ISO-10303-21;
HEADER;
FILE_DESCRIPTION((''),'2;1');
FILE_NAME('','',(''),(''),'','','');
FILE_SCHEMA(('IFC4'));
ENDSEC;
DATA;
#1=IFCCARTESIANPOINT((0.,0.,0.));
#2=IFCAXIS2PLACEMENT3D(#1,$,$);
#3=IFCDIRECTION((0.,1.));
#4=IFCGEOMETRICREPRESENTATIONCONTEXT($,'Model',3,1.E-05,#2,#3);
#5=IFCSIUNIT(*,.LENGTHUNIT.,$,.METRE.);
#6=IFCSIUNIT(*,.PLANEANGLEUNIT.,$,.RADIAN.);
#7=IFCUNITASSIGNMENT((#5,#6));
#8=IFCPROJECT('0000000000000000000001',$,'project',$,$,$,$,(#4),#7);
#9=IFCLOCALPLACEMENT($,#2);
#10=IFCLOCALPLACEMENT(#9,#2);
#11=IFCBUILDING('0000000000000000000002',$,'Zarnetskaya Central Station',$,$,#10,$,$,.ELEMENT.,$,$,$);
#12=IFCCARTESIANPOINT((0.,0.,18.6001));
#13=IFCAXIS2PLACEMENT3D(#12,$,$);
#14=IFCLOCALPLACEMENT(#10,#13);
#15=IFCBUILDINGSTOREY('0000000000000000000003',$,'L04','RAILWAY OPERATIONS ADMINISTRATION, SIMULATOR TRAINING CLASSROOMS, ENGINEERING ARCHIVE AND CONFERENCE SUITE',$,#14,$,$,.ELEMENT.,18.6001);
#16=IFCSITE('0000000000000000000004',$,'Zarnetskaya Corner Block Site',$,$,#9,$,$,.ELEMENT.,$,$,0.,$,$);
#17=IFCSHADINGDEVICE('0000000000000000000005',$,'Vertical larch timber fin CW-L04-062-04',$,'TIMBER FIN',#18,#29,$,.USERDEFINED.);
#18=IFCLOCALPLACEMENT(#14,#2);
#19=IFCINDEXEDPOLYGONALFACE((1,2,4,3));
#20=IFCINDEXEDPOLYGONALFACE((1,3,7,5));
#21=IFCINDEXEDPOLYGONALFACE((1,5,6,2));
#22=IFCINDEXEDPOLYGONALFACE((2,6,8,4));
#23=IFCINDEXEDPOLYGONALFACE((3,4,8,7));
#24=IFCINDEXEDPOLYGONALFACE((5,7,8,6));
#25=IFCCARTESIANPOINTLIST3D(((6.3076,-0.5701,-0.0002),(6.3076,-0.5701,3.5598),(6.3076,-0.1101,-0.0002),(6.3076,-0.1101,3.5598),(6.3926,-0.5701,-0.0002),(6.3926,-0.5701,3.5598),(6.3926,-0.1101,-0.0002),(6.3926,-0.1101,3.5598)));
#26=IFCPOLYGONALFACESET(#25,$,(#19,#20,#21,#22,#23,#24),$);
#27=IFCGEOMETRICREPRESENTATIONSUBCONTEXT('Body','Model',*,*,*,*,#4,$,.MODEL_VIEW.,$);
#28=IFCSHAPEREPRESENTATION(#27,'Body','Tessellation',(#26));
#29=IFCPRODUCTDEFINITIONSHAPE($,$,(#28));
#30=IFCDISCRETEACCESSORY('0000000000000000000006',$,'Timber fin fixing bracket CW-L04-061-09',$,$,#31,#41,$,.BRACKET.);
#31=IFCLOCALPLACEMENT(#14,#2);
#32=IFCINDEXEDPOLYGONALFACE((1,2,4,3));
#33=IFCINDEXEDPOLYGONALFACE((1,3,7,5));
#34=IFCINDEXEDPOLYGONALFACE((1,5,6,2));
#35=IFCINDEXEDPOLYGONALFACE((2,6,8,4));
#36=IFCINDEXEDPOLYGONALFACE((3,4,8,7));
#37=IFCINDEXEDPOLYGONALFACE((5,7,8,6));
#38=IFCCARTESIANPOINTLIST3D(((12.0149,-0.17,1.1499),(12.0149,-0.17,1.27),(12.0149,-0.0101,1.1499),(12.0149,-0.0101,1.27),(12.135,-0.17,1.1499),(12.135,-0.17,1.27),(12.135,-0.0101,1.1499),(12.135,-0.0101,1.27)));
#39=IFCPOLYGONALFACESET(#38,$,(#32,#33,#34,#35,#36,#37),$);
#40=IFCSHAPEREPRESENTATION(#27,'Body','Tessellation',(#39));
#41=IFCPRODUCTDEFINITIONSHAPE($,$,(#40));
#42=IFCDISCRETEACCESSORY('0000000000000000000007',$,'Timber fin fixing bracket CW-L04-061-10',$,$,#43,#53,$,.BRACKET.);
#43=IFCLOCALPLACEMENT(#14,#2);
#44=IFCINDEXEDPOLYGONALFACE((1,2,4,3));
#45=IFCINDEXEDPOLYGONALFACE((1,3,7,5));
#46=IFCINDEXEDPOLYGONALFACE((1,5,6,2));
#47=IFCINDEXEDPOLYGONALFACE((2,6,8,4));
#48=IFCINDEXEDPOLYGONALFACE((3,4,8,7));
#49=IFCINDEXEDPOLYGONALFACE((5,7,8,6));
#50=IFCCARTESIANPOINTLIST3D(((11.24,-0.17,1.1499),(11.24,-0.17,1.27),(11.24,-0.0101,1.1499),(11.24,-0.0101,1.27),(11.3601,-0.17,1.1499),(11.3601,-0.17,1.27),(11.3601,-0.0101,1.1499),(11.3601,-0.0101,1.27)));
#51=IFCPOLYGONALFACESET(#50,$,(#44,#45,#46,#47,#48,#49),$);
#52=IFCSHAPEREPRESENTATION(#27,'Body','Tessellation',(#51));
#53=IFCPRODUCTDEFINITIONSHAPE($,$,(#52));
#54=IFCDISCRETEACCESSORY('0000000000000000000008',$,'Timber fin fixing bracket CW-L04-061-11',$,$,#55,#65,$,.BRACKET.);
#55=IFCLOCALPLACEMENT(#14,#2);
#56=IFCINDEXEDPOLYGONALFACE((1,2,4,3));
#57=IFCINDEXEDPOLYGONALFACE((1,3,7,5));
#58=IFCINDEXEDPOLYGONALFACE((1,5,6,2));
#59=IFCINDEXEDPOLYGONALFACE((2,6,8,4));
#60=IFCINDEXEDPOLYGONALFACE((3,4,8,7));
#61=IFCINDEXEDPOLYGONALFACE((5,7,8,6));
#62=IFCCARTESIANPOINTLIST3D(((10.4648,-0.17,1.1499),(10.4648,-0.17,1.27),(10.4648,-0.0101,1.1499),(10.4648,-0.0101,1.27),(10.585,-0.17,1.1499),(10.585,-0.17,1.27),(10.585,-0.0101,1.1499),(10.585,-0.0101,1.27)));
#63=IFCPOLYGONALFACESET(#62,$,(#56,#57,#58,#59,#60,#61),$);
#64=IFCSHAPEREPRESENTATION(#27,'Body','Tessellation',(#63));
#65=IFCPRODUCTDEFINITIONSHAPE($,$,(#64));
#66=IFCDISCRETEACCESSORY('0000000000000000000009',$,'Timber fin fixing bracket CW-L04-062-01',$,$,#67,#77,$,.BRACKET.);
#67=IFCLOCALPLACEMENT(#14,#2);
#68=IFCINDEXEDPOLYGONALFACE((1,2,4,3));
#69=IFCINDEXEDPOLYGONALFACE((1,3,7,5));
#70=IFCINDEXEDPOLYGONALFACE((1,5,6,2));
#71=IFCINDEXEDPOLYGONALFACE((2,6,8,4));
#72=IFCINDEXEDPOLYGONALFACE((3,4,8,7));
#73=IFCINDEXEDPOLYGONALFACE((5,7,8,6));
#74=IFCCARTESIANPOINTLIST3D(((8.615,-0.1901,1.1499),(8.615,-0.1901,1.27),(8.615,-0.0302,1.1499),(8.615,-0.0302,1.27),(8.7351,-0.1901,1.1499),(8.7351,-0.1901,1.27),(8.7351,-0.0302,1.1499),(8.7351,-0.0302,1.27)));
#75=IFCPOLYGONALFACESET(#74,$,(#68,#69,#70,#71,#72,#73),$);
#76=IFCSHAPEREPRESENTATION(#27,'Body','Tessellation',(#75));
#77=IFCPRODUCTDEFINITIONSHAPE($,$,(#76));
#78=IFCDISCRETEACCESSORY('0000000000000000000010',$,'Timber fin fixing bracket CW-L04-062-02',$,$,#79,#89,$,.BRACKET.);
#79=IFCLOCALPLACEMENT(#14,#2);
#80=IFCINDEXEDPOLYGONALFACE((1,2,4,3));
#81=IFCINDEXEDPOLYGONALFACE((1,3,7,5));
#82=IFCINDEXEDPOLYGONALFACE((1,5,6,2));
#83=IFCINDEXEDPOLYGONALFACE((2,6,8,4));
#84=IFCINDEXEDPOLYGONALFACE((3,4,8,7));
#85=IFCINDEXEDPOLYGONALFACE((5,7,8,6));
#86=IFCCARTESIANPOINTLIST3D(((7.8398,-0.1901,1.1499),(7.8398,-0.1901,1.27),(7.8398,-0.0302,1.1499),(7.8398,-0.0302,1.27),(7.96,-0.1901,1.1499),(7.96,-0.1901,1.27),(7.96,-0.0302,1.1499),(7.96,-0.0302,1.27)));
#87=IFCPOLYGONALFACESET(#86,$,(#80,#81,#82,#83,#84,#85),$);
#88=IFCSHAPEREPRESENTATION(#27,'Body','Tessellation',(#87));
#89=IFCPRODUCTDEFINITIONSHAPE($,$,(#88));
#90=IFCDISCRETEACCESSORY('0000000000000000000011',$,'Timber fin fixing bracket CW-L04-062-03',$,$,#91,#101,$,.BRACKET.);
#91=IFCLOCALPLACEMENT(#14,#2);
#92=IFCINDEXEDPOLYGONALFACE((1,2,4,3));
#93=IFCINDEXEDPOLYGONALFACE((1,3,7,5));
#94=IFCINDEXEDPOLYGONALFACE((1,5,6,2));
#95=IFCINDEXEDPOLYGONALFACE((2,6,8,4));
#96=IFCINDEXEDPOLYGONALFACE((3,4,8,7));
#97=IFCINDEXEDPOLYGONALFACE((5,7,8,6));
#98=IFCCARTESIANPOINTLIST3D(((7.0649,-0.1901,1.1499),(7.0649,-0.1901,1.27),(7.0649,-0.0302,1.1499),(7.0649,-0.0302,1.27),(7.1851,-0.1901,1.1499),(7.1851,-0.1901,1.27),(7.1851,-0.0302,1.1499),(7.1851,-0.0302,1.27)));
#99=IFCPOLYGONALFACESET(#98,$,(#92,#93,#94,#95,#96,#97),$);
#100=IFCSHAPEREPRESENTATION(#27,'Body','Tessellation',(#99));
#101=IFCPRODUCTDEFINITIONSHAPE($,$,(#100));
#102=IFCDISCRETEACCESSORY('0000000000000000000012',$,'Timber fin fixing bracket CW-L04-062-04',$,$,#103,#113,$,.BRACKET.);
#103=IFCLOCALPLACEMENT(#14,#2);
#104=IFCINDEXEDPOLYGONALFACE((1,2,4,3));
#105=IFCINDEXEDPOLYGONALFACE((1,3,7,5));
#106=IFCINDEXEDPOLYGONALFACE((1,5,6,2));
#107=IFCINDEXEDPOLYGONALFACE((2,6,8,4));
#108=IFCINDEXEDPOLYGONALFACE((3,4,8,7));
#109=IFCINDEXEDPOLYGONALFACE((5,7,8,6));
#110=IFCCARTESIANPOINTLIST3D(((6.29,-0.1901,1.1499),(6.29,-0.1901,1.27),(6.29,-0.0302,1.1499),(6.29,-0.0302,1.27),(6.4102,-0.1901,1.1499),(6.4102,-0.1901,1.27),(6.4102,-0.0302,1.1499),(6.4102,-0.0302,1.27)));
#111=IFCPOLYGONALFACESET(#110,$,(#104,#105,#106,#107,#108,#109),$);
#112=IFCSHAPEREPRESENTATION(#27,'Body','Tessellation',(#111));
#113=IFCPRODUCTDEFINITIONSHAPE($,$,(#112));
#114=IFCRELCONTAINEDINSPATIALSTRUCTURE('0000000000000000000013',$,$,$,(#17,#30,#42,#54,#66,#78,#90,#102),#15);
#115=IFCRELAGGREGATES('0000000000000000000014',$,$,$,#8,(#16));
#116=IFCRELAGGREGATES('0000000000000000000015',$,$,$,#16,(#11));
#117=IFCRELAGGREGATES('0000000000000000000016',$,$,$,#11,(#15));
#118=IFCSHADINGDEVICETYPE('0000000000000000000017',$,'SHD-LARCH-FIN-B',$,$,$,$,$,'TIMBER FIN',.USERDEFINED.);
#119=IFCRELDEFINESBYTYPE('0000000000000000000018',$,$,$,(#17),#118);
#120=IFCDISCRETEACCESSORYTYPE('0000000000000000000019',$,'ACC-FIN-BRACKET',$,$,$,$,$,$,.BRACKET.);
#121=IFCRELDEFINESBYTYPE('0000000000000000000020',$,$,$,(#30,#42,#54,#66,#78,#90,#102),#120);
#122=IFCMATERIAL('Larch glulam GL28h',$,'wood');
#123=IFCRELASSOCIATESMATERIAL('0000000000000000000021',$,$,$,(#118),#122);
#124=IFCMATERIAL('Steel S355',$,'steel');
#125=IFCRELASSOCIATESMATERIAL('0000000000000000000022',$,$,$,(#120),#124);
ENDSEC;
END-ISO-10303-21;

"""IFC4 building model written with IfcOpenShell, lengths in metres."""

from ifc_helpers import new_model, si_unit, direction, frame, origin, origin_2d, place, context, subcontext, project, spatial, rectangle, extrude, material, type_object, element, save


model = new_model("IFC4")

# Units and contexts
model_context = context("Model", 3, precision=1e-05, world=origin(), true_north=direction((0.0, 1.0)))
body_context = subcontext(model_context, "Body", "Model", "MODEL_VIEW")
ifc_project = project(units=[si_unit("LENGTHUNIT", "METRE"), si_unit("PLANEANGLEUNIT", "RADIAN")], contexts=[model_context])

# Site, building, storey
site_placement = place(None, origin())
site = spatial("IfcSite", under=ifc_project, at=site_placement, Name="Zarnetskaya Corner Block Site", CompositionType="ELEMENT", RefElevation=0.0)
building_placement = place(site_placement, origin())
building = spatial("IfcBuilding", under=site, at=building_placement, Name="Zarnetskaya Central Station", CompositionType="ELEMENT")
storey_placement = place(building_placement, frame((0.0, 0.0, 18.6001)))
storey = spatial("IfcBuildingStorey", under=building, at=storey_placement, Name="L04", Description="RAILWAY OPERATIONS ADMINISTRATION, SIMULATOR TRAINING CLASSROOMS, ENGINEERING ARCHIVE AND CONFERENCE SUITE", CompositionType="ELEMENT", Elevation=18.6001)

# Shading device
ifc_material_1 = material(Name="Larch glulam GL28h", Category="wood")
shading_device_type_1 = type_object("IfcShadingDeviceType", Name="SHD-LARCH-FIN-B", ElementType="TIMBER FIN", PredefinedType="USERDEFINED", material=ifc_material_1)
for number, where, z_axis, x_axis, name in (
    (1, (6.3501, -0.3401, -0.0002), (0.0, 0.0, 1.0), (-1.0, 0.0, 0.0), "Vertical larch timber fin CW-L04-062-04"),
):
    element("IfcShadingDevice", number, at=place(storey_placement, frame(where, z_axis=z_axis, x_axis=x_axis)), inside=storey, type_object=shading_device_type_1, Name=name, ObjectType="TIMBER FIN", PredefinedType="USERDEFINED", context=body_context, shape_type="SweptSolid", body=[
        extrude(rectangle(XDim=0.085, YDim=0.46, at=origin_2d()), origin(), (0.0, 0.0, 1.0), 3.5601),
    ])

# Discrete accessories
ifc_material_2 = material(Name="Steel S355", Category="steel")
discrete_accessory_type = type_object("IfcDiscreteAccessoryType", Name="ACC-FIN-BRACKET", PredefinedType="BRACKET", material=ifc_material_2)
for number, where, z_axis, x_axis, name in (
    (2, (12.075, -0.0901, 1.1499), (0.0, 0.0, 1.0), (-1.0, 0.0, 0.0), "Timber fin fixing bracket CW-L04-061-09"),
    (3, (11.3, -0.0901, 1.1499), (0.0, 0.0, 1.0), (-1.0, 0.0, 0.0), "Timber fin fixing bracket CW-L04-061-10"),
    (4, (10.5249, -0.0901, 1.1499), (0.0, 0.0, 1.0), (-1.0, 0.0, 0.0), "Timber fin fixing bracket CW-L04-061-11"),
    (5, (8.675, -0.1101, 1.1499), (0.0, 0.0, 1.0), (-1.0, 0.0, 0.0), "Timber fin fixing bracket CW-L04-062-01"),
    (6, (7.8999, -0.1101, 1.1499), (0.0, 0.0, 1.0), (-1.0, 0.0, 0.0), "Timber fin fixing bracket CW-L04-062-02"),
    (7, (7.125, -0.1101, 1.1499), (0.0, 0.0, 1.0), (-1.0, 0.0, 0.0), "Timber fin fixing bracket CW-L04-062-03"),
    (8, (6.3501, -0.1101, 1.1499), (0.0, 0.0, 1.0), (-1.0, 0.0, 0.0), "Timber fin fixing bracket CW-L04-062-04"),
):
    element("IfcDiscreteAccessory", number, at=place(storey_placement, frame(where, z_axis=z_axis, x_axis=x_axis)), inside=storey, type_object=discrete_accessory_type, Name=name, PredefinedType="BRACKET", context=body_context, shape_type="SweptSolid", body=[
        extrude(rectangle(XDim=0.1201, YDim=0.1599, at=origin_2d()), origin(), (0.0, 0.0, 1.0), 0.1201),
    ])

save(model, "model.ifc")
